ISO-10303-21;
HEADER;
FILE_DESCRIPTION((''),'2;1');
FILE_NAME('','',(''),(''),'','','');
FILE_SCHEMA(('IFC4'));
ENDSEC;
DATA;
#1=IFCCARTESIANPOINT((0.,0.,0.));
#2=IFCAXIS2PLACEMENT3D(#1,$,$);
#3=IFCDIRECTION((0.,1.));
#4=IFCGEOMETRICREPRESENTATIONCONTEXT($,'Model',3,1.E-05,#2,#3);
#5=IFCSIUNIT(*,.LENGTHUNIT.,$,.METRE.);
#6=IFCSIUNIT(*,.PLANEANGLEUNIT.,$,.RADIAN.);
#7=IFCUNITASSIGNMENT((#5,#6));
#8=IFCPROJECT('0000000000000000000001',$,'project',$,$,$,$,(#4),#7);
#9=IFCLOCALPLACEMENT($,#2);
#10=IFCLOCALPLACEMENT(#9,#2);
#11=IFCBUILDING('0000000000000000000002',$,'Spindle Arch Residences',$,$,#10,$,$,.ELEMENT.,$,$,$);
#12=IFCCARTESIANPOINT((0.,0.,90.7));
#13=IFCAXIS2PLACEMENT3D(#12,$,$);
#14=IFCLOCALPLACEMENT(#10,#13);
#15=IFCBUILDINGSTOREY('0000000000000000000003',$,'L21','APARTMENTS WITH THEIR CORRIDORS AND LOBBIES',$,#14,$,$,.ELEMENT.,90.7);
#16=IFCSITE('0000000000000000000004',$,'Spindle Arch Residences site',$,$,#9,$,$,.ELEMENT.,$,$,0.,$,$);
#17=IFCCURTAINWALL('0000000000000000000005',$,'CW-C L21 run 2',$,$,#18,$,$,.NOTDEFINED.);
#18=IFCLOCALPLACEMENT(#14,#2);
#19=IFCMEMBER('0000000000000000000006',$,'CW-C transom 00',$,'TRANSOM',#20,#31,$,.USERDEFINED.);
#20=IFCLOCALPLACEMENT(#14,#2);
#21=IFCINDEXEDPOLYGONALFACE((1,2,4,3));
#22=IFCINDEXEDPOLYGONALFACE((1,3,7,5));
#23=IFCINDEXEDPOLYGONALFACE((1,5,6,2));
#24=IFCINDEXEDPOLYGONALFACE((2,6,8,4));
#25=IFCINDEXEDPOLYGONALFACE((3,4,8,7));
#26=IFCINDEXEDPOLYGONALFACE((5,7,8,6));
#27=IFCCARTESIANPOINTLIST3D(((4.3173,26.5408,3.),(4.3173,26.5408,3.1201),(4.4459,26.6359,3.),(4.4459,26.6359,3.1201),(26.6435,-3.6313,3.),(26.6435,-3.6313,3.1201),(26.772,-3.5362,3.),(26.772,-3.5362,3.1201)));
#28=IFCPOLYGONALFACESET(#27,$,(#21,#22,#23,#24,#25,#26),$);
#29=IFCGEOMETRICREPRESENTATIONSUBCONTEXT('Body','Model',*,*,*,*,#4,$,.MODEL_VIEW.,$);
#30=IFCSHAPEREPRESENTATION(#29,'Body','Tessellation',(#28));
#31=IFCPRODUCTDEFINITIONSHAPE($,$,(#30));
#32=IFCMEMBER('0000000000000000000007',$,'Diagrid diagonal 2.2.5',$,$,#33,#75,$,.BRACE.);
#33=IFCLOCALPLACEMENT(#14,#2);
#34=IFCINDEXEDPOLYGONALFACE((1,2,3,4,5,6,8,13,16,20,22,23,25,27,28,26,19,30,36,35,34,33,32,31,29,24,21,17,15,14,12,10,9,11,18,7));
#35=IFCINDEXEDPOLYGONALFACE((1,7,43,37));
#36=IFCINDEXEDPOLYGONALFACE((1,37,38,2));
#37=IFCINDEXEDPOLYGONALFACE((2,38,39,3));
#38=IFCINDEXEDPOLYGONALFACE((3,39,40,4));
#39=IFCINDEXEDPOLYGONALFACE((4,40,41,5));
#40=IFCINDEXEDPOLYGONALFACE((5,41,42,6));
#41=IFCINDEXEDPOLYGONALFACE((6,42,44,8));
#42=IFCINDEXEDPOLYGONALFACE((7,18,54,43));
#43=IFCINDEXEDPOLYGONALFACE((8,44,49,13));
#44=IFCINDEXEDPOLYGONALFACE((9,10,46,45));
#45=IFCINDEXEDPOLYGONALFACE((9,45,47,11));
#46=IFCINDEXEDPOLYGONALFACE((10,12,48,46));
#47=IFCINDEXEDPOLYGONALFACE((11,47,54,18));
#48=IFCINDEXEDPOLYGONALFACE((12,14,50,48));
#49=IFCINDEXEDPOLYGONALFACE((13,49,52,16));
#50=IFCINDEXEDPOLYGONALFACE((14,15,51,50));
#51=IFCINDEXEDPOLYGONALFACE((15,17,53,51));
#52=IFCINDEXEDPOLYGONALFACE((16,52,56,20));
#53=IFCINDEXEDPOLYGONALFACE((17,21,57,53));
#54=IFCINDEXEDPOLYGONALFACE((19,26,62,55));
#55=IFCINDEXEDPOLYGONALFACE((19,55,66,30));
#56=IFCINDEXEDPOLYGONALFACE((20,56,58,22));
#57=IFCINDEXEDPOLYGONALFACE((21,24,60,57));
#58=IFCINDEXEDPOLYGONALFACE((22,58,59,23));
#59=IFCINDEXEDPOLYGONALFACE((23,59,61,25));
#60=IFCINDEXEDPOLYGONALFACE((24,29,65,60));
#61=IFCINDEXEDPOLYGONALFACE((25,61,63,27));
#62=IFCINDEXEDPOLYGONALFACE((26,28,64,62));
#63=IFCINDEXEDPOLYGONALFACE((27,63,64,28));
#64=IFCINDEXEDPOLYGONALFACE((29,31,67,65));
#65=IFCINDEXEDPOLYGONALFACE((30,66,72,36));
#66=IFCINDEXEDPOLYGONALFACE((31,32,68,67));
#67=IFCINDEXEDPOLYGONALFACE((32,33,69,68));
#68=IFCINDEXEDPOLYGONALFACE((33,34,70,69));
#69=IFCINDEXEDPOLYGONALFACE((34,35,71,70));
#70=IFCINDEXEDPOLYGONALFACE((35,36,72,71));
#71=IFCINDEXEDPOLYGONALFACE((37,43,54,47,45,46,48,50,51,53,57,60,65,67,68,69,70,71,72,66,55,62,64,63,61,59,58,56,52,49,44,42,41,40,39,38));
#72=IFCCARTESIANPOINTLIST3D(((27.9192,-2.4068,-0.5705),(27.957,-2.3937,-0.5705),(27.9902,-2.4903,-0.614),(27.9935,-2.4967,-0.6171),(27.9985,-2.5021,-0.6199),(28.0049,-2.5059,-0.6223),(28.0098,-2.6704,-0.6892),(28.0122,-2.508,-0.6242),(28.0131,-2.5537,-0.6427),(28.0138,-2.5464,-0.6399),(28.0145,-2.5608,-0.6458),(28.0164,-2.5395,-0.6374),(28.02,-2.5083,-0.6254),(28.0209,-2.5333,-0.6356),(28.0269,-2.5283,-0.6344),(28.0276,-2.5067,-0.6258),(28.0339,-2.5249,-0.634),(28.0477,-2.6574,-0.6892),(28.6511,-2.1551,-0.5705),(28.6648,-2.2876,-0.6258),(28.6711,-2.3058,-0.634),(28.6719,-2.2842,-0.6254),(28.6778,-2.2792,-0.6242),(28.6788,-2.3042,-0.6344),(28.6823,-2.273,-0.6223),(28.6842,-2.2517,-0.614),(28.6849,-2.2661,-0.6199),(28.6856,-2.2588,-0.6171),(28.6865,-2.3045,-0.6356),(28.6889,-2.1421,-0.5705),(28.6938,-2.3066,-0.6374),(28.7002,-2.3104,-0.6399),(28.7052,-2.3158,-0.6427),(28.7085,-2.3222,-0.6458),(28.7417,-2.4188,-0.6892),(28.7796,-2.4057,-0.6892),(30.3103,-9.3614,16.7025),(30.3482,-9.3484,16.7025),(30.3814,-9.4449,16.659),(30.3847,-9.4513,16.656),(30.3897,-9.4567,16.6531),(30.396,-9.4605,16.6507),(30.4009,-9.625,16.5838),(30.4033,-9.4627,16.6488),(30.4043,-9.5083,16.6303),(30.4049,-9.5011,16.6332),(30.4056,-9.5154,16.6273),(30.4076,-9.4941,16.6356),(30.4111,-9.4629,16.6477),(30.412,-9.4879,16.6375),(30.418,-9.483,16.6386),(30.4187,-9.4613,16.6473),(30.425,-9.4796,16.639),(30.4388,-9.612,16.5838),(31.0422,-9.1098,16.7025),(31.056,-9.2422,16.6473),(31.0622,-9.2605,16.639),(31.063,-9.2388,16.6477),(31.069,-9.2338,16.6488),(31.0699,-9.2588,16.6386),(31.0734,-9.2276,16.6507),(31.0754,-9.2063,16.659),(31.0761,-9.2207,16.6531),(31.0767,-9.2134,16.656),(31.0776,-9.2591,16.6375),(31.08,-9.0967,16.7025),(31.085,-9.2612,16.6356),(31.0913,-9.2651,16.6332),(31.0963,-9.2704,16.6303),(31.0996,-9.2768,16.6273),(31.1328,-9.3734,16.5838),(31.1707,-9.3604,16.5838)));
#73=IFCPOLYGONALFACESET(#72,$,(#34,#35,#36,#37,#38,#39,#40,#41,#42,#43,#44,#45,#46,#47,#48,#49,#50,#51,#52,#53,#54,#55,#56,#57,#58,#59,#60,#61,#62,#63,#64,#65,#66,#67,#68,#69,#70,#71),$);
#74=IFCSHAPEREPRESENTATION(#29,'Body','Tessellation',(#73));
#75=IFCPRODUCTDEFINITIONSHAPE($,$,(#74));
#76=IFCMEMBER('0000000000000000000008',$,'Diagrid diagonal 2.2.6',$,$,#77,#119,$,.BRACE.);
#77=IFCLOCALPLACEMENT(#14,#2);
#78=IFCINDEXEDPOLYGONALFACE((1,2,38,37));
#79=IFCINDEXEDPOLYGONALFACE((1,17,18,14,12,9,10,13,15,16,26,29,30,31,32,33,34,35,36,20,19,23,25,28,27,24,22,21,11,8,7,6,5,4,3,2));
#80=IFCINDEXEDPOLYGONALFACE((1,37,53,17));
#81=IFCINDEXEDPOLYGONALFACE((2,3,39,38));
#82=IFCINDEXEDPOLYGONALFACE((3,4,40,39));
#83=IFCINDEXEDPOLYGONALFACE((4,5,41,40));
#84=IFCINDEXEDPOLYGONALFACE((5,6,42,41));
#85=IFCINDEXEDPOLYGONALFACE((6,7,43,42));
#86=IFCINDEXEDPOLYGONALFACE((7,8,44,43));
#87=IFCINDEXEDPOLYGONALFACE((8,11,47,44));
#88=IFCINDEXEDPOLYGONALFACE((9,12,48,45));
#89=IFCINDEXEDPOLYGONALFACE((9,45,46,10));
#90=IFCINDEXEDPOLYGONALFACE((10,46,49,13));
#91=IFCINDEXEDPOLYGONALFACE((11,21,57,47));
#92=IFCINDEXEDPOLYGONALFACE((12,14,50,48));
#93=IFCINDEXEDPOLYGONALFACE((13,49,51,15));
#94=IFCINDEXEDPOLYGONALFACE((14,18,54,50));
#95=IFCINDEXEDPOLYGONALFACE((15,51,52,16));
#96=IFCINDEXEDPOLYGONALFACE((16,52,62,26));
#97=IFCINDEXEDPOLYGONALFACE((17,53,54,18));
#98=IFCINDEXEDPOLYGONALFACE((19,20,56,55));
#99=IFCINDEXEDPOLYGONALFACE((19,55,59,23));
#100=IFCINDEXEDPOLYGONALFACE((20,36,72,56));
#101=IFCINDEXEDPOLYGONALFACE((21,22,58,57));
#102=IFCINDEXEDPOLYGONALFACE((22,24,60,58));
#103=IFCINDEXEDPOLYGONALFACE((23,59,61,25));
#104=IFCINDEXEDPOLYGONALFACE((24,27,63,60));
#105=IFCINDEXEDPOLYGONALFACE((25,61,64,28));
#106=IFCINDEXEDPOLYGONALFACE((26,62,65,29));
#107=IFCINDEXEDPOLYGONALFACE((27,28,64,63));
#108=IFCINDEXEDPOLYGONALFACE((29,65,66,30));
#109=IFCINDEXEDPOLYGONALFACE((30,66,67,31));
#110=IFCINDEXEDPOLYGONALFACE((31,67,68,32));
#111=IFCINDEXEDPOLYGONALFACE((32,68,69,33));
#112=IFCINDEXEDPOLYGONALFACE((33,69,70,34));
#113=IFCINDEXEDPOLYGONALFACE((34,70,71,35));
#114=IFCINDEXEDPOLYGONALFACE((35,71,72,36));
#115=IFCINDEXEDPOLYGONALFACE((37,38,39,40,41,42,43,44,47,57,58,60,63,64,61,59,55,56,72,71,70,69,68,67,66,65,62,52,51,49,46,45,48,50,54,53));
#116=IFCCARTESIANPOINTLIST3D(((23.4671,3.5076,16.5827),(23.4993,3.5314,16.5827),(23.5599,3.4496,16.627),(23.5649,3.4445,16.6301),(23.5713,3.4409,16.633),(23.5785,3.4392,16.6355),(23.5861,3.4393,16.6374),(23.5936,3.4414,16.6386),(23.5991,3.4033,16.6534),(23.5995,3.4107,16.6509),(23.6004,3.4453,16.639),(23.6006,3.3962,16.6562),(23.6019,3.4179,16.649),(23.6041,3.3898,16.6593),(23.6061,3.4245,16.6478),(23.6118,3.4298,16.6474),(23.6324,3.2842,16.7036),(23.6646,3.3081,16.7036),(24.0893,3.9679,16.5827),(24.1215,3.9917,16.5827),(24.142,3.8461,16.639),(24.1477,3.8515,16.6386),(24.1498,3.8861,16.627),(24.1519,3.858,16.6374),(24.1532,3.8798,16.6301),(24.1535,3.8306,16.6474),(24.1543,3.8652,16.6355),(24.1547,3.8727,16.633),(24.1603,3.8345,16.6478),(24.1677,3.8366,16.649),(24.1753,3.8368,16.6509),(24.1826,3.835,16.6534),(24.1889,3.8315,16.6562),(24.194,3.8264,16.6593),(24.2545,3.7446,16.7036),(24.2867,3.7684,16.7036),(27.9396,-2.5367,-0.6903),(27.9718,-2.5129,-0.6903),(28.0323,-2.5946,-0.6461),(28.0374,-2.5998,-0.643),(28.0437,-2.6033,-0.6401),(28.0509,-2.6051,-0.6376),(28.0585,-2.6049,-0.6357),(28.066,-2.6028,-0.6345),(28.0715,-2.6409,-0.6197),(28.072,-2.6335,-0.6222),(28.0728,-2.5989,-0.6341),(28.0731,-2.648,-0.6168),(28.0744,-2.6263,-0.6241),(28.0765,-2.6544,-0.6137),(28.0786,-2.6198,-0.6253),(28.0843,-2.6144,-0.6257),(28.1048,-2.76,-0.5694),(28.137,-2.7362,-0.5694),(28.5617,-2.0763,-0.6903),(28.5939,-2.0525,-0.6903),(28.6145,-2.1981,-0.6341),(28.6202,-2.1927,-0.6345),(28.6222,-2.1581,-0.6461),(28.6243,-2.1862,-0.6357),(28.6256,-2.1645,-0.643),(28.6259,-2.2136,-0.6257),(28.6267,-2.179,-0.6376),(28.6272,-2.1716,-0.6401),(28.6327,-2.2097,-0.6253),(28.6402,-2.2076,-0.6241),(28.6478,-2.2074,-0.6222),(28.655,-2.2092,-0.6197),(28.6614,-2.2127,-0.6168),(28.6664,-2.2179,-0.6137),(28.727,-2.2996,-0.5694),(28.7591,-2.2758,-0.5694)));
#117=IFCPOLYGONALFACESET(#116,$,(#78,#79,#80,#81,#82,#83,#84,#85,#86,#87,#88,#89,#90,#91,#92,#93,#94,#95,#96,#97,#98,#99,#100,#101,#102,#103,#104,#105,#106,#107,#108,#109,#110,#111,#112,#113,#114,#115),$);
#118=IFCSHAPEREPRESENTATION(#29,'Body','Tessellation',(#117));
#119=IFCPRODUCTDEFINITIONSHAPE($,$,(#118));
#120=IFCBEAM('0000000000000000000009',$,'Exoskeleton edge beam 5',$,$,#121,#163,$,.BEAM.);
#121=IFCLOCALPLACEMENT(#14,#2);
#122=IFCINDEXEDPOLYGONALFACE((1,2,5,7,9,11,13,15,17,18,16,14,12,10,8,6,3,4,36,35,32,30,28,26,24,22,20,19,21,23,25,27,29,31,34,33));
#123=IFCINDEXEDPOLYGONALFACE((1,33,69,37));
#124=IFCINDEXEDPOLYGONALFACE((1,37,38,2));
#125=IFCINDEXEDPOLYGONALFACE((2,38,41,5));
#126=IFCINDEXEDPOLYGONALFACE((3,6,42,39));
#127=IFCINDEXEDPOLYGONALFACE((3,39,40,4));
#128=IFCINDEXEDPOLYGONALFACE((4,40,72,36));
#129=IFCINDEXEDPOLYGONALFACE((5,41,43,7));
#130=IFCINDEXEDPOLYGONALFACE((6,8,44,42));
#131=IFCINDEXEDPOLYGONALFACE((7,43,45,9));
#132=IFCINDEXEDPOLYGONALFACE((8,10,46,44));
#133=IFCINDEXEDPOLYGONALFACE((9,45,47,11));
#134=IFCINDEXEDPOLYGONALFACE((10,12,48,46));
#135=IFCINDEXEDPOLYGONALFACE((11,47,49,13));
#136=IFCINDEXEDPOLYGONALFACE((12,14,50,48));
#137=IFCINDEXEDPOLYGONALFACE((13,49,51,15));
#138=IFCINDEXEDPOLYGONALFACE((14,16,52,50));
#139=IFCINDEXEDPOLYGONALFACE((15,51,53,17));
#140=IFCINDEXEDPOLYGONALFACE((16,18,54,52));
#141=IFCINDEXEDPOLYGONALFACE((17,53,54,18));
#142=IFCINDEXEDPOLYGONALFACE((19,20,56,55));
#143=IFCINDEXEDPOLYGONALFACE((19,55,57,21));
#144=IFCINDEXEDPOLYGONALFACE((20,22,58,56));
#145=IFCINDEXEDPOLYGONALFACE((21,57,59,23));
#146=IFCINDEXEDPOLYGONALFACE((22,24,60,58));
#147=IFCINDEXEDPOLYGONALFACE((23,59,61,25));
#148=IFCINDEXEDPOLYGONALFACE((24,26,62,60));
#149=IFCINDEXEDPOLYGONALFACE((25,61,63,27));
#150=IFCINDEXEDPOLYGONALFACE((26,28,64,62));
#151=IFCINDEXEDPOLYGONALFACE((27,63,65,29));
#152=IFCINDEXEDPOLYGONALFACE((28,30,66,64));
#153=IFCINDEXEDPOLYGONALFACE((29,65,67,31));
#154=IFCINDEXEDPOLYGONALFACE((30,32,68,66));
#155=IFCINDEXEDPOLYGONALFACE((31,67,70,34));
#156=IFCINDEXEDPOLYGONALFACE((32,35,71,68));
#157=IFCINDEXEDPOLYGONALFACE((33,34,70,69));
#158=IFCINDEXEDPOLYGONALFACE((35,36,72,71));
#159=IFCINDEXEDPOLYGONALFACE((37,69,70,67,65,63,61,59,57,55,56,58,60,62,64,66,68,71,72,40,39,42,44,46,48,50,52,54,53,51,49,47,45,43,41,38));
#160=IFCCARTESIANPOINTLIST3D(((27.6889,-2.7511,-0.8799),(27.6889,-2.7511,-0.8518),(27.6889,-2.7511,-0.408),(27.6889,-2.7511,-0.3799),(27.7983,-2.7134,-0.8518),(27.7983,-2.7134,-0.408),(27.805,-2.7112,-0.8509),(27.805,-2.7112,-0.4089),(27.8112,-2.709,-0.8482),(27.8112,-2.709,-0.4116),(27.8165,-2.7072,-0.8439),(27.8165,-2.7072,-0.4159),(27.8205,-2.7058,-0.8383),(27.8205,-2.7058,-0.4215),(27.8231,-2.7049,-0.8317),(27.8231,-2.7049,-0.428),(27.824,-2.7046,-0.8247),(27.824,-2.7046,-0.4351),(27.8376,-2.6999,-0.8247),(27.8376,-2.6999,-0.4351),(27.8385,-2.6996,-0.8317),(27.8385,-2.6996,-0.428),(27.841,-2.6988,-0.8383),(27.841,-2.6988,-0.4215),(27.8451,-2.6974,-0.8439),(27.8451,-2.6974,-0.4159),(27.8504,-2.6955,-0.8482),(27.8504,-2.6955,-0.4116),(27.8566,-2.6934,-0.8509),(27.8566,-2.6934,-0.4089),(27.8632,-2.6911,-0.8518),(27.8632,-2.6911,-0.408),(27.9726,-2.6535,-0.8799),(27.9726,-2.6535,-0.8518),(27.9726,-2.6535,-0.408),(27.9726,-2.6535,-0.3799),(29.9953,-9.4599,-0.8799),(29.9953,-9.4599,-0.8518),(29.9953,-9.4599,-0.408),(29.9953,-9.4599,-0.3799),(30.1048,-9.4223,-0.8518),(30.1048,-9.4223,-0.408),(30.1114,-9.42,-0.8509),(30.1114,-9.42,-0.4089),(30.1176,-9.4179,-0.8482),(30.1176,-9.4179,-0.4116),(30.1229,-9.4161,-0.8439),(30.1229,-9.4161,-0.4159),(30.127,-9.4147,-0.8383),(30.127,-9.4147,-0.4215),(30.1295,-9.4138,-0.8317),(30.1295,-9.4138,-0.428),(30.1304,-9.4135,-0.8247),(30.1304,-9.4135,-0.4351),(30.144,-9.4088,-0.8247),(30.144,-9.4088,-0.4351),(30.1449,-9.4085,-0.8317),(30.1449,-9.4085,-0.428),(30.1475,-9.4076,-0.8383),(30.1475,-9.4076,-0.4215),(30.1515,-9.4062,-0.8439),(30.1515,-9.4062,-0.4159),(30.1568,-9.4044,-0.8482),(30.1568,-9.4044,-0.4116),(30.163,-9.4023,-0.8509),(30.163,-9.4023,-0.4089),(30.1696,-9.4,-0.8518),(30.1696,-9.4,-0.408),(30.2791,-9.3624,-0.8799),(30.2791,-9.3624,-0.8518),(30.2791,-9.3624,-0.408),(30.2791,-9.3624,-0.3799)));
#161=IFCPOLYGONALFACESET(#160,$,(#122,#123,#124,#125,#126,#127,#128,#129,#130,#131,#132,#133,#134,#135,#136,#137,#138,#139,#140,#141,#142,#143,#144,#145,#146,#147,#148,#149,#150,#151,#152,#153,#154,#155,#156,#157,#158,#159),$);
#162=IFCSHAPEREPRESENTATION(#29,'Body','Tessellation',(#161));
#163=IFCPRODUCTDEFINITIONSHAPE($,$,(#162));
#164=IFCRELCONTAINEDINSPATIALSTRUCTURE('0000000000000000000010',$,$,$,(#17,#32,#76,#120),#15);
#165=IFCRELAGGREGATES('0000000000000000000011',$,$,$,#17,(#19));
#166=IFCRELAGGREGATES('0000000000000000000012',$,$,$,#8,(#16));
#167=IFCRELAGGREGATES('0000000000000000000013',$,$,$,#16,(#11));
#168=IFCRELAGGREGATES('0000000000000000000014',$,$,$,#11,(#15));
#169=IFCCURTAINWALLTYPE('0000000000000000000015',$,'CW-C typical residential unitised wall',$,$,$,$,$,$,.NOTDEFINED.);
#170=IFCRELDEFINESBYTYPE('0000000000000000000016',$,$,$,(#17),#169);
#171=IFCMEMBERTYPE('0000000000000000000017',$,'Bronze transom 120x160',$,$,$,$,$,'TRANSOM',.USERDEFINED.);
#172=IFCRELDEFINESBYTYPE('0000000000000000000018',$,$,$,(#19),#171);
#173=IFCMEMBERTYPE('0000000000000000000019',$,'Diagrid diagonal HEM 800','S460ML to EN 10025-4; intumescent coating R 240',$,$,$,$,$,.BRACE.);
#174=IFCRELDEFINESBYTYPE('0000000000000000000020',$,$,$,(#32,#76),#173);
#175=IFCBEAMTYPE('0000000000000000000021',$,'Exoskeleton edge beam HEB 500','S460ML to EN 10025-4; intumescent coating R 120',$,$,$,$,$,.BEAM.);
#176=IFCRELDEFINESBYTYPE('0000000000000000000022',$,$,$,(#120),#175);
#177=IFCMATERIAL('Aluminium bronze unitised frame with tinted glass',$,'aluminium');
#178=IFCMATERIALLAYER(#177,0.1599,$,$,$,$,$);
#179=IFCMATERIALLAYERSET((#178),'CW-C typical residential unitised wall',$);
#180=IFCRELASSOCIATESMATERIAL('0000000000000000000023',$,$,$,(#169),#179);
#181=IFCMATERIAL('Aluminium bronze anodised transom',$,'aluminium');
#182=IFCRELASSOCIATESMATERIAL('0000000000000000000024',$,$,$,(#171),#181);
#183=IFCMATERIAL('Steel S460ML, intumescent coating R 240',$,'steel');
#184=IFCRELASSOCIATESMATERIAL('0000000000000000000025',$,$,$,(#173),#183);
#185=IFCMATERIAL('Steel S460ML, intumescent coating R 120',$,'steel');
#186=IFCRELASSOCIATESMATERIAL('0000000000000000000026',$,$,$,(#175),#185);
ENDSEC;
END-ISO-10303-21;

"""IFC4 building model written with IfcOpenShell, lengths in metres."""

from ifc_helpers import new_model, si_unit, direction, frame, origin, origin_2d, place, context, subcontext, project, spatial, rectangle, i_section, extrude, material, layer, layer_set, material_profile, profile_set, type_object, element, aggregate, save


model = new_model("IFC4")

# Units and contexts
model_context = context("Model", 3, precision=1e-05, world=origin(), true_north=direction((0.0, 1.0)))
body_context = subcontext(model_context, "Body", "Model", "MODEL_VIEW")
ifc_project = project(units=[si_unit("LENGTHUNIT", "METRE"), si_unit("PLANEANGLEUNIT", "RADIAN")], contexts=[model_context])

# Site, building, storey
site_placement = place(None, origin())
site = spatial("IfcSite", under=ifc_project, at=site_placement, Name="Spindle Arch Residences site", CompositionType="ELEMENT", RefElevation=0.0)
building_placement = place(site_placement, origin())
building = spatial("IfcBuilding", under=site, at=building_placement, Name="Spindle Arch Residences", CompositionType="ELEMENT")
storey_placement = place(building_placement, frame((0.0, 0.0, 90.7)))
storey = spatial("IfcBuildingStorey", under=building, at=storey_placement, Name="L21", Description="APARTMENTS WITH THEIR CORRIDORS AND LOBBIES", CompositionType="ELEMENT", Elevation=90.7)

# Curtain wall
ifc_material_1 = material(Name="Aluminium bronze unitised frame with tinted glass", Category="aluminium")
ifc_layer_1 = layer(ifc_material_1, 0.1599)
ifc_layer_set_1 = layer_set([ifc_layer_1], Name="CW-C typical residential unitised wall")
curtain_wall_type_1 = type_object("IfcCurtainWallType", Name="CW-C typical residential unitised wall", PredefinedType="NOTDEFINED", material=ifc_layer_set_1)
curtain_wall_1_placement = place(storey_placement, origin())
curtain_wall_1 = element("IfcCurtainWall", 1, at=curtain_wall_1_placement, inside=storey, type_object=curtain_wall_type_1, Name="CW-C L21 run 2", PredefinedType="NOTDEFINED")

# Member
ifc_material_2 = material(Name="Aluminium bronze anodised transom", Category="aluminium")
ifc_material_profile_1 = material_profile(ifc_material_2, rectangle(XDim=0.1599, YDim=0.1201, at=origin_2d()), Name="TR 120x160")
ifc_profile_set_1 = profile_set([ifc_material_profile_1], Name="Aluminium bronze anodised transom")
member_type_1 = type_object("IfcMemberType", Name="Bronze transom 120x160", ElementType="TRANSOM", PredefinedType="USERDEFINED", material=ifc_profile_set_1)
member_1_placement = place(storey_placement, frame((26.7078, -3.5837, 3.0601), z_axis=(-0.594822, 0.803857, 0.0), x_axis=(-0.803857, -0.594822, 0.0)))
member_1 = element("IfcMember", 2, at=member_1_placement, type_object=member_type_1, Name="CW-C transom 00", ObjectType="TRANSOM", PredefinedType="USERDEFINED", context=body_context, shape_type="SweptSolid", body=[
    extrude(rectangle(XDim=0.1599, YDim=0.1201, at=origin_2d()), origin(), (0.0, 0.0, 1.0), 37.5342),
])

# Members
ifc_material_3 = material(Name="Steel S460ML, intumescent coating R 240", Category="steel")
ifc_material_profile_2 = material_profile(ifc_material_3, i_section(OverallWidth=0.303, OverallDepth=0.814, WebThickness=0.021, FlangeThickness=0.04, FilletRadius=0.03, at=origin_2d()), Name="HEM 800")
ifc_profile_set_2 = profile_set([ifc_material_profile_2], Name="Steel S460ML, intumescent coating R 240")
member_type_2 = type_object("IfcMemberType", Name="Diagrid diagonal HEM 800", Description="S460ML to EN 10025-4; intumescent coating R 240", PredefinedType="BRACE", material=ifc_profile_set_2)
member_2_placement = place(storey_placement, frame((28.3494, -2.4062, -0.6299), z_axis=(0.127367, -0.37045, 0.920078), x_axis=(-0.299152, 0.870088, 0.391734)))
element("IfcMember", 3, at=member_2_placement, inside=storey, type_object=member_type_2, Name="Diagrid diagonal 2.2.5", PredefinedType="BRACE", context=body_context, shape_type="SweptSolid", body=[
    extrude(i_section(OverallWidth=0.303, OverallDepth=0.814, WebThickness=0.021, FlangeThickness=0.04, FilletRadius=0.03, at=origin_2d()), origin(), (0.0, 0.0, 1.0), 18.7734),
])
member_3_placement = place(storey_placement, frame((28.3494, -2.4062, -0.6299), z_axis=(-0.237408, 0.320842, 0.916896), x_axis=(0.545386, -0.737056, 0.399127)))
element("IfcMember", 4, at=member_3_placement, inside=storey, type_object=member_type_2, Name="Diagrid diagonal 2.2.6", PredefinedType="BRACE", context=body_context, shape_type="SweptSolid", body=[
    extrude(i_section(OverallWidth=0.303, OverallDepth=0.814, WebThickness=0.021, FlangeThickness=0.04, FilletRadius=0.03, at=origin_2d()), origin(), (0.0, 0.0, 1.0), 18.8386),
])

# Beam
ifc_material_4 = material(Name="Steel S460ML, intumescent coating R 120", Category="steel")
ifc_material_profile_3 = material_profile(ifc_material_4, i_section(OverallWidth=0.3, OverallDepth=0.5, WebThickness=0.0144, FlangeThickness=0.0281, FilletRadius=0.0271, at=origin_2d()), Name="HEB 500")
ifc_profile_set_3 = profile_set([ifc_material_profile_3], Name="Steel S460ML, intumescent coating R 120")
beam_type_1 = type_object("IfcBeamType", Name="Exoskeleton edge beam HEB 500", Description="S460ML to EN 10025-4; intumescent coating R 120", PredefinedType="BEAM", material=ifc_profile_set_3)
beam_1_placement = place(storey_placement, frame((30.1372, -9.4111, -0.6299), z_axis=(-0.325113, 0.945675, 0.0), x_axis=(-0.945675, -0.325113, 0.0)))
element("IfcBeam", 5, at=beam_1_placement, inside=storey, type_object=beam_type_1, Name="Exoskeleton edge beam 5", PredefinedType="BEAM", context=body_context, shape_type="SweptSolid", body=[
    extrude(i_section(OverallWidth=0.3, OverallDepth=0.5, WebThickness=0.0144, FlangeThickness=0.0281, FilletRadius=0.0271, at=origin_2d()), origin(), (0.0, 0.0, 1.0), 7.0942),
])

aggregate(curtain_wall_1, [member_1])

save(model, "model.ifc")
